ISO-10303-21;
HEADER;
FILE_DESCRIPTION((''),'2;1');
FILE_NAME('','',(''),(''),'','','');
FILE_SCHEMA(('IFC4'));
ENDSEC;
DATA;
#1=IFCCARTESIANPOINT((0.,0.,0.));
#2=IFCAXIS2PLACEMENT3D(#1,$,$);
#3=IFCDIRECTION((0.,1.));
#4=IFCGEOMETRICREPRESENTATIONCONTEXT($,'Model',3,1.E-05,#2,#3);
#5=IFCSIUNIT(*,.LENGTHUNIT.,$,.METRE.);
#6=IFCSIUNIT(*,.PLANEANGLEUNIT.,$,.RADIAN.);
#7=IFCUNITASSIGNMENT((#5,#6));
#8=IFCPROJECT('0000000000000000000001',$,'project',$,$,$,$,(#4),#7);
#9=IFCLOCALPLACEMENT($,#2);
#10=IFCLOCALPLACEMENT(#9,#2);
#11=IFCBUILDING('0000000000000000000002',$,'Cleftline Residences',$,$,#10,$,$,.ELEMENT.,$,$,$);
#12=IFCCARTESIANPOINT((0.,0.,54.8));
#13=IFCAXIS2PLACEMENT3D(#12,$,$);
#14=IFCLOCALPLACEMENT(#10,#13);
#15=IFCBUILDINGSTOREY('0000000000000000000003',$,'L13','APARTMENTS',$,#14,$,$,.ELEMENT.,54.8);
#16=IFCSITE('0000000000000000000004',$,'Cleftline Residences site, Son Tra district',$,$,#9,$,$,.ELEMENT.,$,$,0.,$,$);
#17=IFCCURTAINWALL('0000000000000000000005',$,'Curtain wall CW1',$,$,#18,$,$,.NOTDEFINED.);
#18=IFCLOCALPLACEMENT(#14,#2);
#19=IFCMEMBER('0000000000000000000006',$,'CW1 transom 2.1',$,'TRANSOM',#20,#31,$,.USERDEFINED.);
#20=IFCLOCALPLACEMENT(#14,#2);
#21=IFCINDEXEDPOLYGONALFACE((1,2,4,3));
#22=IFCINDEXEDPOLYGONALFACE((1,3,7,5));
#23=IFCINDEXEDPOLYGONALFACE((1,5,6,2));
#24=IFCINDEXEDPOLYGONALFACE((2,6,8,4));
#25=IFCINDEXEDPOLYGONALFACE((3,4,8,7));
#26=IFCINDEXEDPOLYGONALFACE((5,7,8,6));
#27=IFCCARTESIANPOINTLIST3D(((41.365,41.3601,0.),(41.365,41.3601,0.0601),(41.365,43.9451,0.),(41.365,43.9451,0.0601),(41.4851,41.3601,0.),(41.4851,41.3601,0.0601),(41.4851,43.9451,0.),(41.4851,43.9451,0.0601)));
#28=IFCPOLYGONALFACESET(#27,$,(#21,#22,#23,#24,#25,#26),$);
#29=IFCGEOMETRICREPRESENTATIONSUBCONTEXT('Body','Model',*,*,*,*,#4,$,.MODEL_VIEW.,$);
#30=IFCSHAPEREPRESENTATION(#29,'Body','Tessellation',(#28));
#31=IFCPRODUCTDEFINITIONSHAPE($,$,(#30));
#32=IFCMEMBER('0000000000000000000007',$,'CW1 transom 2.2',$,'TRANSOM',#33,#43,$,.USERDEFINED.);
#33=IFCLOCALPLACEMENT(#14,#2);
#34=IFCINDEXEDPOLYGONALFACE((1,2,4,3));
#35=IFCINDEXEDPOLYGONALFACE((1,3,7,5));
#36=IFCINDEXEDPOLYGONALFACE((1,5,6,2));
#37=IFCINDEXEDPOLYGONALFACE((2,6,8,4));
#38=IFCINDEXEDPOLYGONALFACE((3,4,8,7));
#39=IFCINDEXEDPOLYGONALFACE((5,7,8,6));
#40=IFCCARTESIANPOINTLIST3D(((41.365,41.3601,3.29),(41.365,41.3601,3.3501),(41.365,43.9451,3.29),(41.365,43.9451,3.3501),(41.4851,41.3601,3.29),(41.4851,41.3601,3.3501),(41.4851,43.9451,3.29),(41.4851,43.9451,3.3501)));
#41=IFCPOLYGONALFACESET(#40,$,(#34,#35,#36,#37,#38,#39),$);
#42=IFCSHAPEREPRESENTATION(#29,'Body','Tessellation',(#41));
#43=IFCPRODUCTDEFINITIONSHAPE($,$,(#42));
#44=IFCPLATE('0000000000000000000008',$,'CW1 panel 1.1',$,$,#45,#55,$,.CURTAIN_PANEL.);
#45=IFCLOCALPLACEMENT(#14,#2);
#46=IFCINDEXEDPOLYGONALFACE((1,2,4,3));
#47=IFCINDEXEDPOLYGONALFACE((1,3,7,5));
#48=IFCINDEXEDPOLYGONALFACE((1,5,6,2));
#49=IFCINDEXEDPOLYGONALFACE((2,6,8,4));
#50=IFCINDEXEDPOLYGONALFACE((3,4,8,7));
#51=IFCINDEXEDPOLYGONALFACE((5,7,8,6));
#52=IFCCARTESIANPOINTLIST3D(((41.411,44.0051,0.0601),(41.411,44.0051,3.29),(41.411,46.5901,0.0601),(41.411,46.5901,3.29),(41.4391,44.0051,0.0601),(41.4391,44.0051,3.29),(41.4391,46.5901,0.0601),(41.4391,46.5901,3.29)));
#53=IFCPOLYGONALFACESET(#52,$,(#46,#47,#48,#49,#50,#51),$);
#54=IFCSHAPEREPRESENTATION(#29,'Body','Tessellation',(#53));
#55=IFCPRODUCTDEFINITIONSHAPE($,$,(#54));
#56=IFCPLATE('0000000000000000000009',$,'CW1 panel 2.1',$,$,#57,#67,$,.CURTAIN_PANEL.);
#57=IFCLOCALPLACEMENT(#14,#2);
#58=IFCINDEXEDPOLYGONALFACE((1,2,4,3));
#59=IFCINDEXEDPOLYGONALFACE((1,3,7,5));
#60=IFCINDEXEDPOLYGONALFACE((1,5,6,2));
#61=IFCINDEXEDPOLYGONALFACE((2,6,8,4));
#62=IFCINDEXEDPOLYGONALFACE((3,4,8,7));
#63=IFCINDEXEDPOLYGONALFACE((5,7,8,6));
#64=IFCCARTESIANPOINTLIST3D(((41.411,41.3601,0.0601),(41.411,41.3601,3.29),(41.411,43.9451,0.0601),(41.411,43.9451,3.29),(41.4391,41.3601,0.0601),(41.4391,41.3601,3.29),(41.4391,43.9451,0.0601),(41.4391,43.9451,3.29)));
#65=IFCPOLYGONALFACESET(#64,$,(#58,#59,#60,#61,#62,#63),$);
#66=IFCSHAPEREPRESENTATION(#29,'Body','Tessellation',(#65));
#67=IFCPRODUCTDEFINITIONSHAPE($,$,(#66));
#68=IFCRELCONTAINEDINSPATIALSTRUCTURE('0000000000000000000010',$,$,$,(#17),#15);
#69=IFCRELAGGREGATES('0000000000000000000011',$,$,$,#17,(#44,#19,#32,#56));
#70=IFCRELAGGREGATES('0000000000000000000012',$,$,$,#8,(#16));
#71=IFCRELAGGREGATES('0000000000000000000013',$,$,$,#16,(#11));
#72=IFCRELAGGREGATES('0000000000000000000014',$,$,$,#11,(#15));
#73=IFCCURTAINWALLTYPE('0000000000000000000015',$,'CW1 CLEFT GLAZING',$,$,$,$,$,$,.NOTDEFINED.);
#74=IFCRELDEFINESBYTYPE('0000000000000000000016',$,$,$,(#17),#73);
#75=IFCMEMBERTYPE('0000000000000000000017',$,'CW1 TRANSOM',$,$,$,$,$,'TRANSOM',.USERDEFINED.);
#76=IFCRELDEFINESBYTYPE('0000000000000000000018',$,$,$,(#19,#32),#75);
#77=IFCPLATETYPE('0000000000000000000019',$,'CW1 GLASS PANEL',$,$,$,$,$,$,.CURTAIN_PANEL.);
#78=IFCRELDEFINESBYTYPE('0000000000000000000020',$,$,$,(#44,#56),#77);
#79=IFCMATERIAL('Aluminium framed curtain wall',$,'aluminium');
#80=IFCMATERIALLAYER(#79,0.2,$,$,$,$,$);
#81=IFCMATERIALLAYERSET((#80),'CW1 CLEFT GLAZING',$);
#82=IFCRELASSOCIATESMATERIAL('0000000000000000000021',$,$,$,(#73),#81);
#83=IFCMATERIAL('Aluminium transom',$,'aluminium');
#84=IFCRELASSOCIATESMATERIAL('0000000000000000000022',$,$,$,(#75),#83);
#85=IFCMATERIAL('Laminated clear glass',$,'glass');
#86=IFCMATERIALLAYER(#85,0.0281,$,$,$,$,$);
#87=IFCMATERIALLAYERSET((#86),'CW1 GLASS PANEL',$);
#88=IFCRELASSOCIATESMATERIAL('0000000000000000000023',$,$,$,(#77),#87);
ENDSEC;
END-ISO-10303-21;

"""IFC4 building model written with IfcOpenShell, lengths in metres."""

from ifc_helpers import new_model, si_unit, direction, frame, origin, origin_2d, place, context, subcontext, project, spatial, rectangle, extrude, material, layer, layer_set, material_profile, profile_set, type_object, element, aggregate, save


model = new_model("IFC4")

# Units and contexts
model_context = context("Model", 3, precision=1e-05, world=origin(), true_north=direction((0.0, 1.0)))
body_context = subcontext(model_context, "Body", "Model", "MODEL_VIEW")
ifc_project = project(units=[si_unit("LENGTHUNIT", "METRE"), si_unit("PLANEANGLEUNIT", "RADIAN")], contexts=[model_context])

# Site, building, storey
site_placement = place(None, origin())
site = spatial("IfcSite", under=ifc_project, at=site_placement, Name="Cleftline Residences site, Son Tra district", CompositionType="ELEMENT", RefElevation=0.0)
building_placement = place(site_placement, origin())
building = spatial("IfcBuilding", under=site, at=building_placement, Name="Cleftline Residences", CompositionType="ELEMENT")
storey_placement = place(building_placement, frame((0.0, 0.0, 54.8)))
storey = spatial("IfcBuildingStorey", under=building, at=storey_placement, Name="L13", Description="APARTMENTS", CompositionType="ELEMENT", Elevation=54.8)

# Curtain wall, members, plates
ifc_material_1 = material(Name="Aluminium framed curtain wall", Category="aluminium")
ifc_layer_1 = layer(ifc_material_1, 0.2)
ifc_layer_set_1 = layer_set([ifc_layer_1], Name="CW1 CLEFT GLAZING")
curtain_wall_type = type_object("IfcCurtainWallType", Name="CW1 CLEFT GLAZING", PredefinedType="NOTDEFINED", material=ifc_layer_set_1)
curtain_wall_placement = place(storey_placement, origin())
curtain_wall = element("IfcCurtainWall", 1, at=curtain_wall_placement, inside=storey, type_object=curtain_wall_type, Name="Curtain wall CW1", PredefinedType="NOTDEFINED")
ifc_material_2 = material(Name="Aluminium transom", Category="aluminium")
ifc_material_profile_1 = material_profile(ifc_material_2, rectangle(XDim=0.1201, YDim=0.0601, at=origin_2d()))
ifc_profile_set_1 = profile_set([ifc_material_profile_1], Name="Aluminium transom")
member_type_1 = type_object("IfcMemberType", Name="CW1 TRANSOM", ElementType="TRANSOM", PredefinedType="USERDEFINED", material=ifc_profile_set_1)
member_1_placement = place(storey_placement, frame((41.425, 43.9451, 0.03), z_axis=(0.0, -1.0, 0.0), x_axis=(1.0, 0.0, 0.0)))
member_1 = element("IfcMember", 2, at=member_1_placement, type_object=member_type_1, Name="CW1 transom 2.1", ObjectType="TRANSOM", PredefinedType="USERDEFINED", context=body_context, shape_type="SweptSolid", body=[
    extrude(rectangle(XDim=0.1201, YDim=0.0601, at=origin_2d()), origin(), (0.0, 0.0, 1.0), 2.585),
])
member_2_placement = place(storey_placement, frame((41.425, 43.9451, 3.3201), z_axis=(0.0, -1.0, 0.0), x_axis=(1.0, 0.0, 0.0)))
member_2 = element("IfcMember", 3, at=member_2_placement, type_object=member_type_1, Name="CW1 transom 2.2", ObjectType="TRANSOM", PredefinedType="USERDEFINED", context=body_context, shape_type="SweptSolid", body=[
    extrude(rectangle(XDim=0.1201, YDim=0.0601, at=origin_2d()), origin(), (0.0, 0.0, 1.0), 2.585),
])
ifc_material_3 = material(Name="Laminated clear glass", Category="glass")
ifc_layer_2 = layer(ifc_material_3, 0.0281)
ifc_layer_set_2 = layer_set([ifc_layer_2], Name="CW1 GLASS PANEL")
plate_type = type_object("IfcPlateType", Name="CW1 GLASS PANEL", PredefinedType="CURTAIN_PANEL", material=ifc_layer_set_2)
plate_1_placement = place(storey_placement, frame((41.425, 45.2976, 0.0601), z_axis=(0.0, 0.0, 1.0), x_axis=(0.0, -1.0, 0.0)))
plate_1 = element("IfcPlate", 4, at=plate_1_placement, type_object=plate_type, Name="CW1 panel 1.1", PredefinedType="CURTAIN_PANEL", context=body_context, shape_type="SweptSolid", body=[
    extrude(rectangle(XDim=2.585, YDim=0.0281, at=origin_2d()), origin(), (0.0, 0.0, 1.0), 3.23),
])
plate_2_placement = place(storey_placement, frame((41.425, 42.6526, 0.0601), z_axis=(0.0, 0.0, 1.0), x_axis=(0.0, -1.0, 0.0)))
plate_2 = element("IfcPlate", 5, at=plate_2_placement, type_object=plate_type, Name="CW1 panel 2.1", PredefinedType="CURTAIN_PANEL", context=body_context, shape_type="SweptSolid", body=[
    extrude(rectangle(XDim=2.585, YDim=0.0281, at=origin_2d()), origin(), (0.0, 0.0, 1.0), 3.23),
])
aggregate(curtain_wall, [plate_1, member_1, member_2, plate_2])

save(model, "model.ifc")
